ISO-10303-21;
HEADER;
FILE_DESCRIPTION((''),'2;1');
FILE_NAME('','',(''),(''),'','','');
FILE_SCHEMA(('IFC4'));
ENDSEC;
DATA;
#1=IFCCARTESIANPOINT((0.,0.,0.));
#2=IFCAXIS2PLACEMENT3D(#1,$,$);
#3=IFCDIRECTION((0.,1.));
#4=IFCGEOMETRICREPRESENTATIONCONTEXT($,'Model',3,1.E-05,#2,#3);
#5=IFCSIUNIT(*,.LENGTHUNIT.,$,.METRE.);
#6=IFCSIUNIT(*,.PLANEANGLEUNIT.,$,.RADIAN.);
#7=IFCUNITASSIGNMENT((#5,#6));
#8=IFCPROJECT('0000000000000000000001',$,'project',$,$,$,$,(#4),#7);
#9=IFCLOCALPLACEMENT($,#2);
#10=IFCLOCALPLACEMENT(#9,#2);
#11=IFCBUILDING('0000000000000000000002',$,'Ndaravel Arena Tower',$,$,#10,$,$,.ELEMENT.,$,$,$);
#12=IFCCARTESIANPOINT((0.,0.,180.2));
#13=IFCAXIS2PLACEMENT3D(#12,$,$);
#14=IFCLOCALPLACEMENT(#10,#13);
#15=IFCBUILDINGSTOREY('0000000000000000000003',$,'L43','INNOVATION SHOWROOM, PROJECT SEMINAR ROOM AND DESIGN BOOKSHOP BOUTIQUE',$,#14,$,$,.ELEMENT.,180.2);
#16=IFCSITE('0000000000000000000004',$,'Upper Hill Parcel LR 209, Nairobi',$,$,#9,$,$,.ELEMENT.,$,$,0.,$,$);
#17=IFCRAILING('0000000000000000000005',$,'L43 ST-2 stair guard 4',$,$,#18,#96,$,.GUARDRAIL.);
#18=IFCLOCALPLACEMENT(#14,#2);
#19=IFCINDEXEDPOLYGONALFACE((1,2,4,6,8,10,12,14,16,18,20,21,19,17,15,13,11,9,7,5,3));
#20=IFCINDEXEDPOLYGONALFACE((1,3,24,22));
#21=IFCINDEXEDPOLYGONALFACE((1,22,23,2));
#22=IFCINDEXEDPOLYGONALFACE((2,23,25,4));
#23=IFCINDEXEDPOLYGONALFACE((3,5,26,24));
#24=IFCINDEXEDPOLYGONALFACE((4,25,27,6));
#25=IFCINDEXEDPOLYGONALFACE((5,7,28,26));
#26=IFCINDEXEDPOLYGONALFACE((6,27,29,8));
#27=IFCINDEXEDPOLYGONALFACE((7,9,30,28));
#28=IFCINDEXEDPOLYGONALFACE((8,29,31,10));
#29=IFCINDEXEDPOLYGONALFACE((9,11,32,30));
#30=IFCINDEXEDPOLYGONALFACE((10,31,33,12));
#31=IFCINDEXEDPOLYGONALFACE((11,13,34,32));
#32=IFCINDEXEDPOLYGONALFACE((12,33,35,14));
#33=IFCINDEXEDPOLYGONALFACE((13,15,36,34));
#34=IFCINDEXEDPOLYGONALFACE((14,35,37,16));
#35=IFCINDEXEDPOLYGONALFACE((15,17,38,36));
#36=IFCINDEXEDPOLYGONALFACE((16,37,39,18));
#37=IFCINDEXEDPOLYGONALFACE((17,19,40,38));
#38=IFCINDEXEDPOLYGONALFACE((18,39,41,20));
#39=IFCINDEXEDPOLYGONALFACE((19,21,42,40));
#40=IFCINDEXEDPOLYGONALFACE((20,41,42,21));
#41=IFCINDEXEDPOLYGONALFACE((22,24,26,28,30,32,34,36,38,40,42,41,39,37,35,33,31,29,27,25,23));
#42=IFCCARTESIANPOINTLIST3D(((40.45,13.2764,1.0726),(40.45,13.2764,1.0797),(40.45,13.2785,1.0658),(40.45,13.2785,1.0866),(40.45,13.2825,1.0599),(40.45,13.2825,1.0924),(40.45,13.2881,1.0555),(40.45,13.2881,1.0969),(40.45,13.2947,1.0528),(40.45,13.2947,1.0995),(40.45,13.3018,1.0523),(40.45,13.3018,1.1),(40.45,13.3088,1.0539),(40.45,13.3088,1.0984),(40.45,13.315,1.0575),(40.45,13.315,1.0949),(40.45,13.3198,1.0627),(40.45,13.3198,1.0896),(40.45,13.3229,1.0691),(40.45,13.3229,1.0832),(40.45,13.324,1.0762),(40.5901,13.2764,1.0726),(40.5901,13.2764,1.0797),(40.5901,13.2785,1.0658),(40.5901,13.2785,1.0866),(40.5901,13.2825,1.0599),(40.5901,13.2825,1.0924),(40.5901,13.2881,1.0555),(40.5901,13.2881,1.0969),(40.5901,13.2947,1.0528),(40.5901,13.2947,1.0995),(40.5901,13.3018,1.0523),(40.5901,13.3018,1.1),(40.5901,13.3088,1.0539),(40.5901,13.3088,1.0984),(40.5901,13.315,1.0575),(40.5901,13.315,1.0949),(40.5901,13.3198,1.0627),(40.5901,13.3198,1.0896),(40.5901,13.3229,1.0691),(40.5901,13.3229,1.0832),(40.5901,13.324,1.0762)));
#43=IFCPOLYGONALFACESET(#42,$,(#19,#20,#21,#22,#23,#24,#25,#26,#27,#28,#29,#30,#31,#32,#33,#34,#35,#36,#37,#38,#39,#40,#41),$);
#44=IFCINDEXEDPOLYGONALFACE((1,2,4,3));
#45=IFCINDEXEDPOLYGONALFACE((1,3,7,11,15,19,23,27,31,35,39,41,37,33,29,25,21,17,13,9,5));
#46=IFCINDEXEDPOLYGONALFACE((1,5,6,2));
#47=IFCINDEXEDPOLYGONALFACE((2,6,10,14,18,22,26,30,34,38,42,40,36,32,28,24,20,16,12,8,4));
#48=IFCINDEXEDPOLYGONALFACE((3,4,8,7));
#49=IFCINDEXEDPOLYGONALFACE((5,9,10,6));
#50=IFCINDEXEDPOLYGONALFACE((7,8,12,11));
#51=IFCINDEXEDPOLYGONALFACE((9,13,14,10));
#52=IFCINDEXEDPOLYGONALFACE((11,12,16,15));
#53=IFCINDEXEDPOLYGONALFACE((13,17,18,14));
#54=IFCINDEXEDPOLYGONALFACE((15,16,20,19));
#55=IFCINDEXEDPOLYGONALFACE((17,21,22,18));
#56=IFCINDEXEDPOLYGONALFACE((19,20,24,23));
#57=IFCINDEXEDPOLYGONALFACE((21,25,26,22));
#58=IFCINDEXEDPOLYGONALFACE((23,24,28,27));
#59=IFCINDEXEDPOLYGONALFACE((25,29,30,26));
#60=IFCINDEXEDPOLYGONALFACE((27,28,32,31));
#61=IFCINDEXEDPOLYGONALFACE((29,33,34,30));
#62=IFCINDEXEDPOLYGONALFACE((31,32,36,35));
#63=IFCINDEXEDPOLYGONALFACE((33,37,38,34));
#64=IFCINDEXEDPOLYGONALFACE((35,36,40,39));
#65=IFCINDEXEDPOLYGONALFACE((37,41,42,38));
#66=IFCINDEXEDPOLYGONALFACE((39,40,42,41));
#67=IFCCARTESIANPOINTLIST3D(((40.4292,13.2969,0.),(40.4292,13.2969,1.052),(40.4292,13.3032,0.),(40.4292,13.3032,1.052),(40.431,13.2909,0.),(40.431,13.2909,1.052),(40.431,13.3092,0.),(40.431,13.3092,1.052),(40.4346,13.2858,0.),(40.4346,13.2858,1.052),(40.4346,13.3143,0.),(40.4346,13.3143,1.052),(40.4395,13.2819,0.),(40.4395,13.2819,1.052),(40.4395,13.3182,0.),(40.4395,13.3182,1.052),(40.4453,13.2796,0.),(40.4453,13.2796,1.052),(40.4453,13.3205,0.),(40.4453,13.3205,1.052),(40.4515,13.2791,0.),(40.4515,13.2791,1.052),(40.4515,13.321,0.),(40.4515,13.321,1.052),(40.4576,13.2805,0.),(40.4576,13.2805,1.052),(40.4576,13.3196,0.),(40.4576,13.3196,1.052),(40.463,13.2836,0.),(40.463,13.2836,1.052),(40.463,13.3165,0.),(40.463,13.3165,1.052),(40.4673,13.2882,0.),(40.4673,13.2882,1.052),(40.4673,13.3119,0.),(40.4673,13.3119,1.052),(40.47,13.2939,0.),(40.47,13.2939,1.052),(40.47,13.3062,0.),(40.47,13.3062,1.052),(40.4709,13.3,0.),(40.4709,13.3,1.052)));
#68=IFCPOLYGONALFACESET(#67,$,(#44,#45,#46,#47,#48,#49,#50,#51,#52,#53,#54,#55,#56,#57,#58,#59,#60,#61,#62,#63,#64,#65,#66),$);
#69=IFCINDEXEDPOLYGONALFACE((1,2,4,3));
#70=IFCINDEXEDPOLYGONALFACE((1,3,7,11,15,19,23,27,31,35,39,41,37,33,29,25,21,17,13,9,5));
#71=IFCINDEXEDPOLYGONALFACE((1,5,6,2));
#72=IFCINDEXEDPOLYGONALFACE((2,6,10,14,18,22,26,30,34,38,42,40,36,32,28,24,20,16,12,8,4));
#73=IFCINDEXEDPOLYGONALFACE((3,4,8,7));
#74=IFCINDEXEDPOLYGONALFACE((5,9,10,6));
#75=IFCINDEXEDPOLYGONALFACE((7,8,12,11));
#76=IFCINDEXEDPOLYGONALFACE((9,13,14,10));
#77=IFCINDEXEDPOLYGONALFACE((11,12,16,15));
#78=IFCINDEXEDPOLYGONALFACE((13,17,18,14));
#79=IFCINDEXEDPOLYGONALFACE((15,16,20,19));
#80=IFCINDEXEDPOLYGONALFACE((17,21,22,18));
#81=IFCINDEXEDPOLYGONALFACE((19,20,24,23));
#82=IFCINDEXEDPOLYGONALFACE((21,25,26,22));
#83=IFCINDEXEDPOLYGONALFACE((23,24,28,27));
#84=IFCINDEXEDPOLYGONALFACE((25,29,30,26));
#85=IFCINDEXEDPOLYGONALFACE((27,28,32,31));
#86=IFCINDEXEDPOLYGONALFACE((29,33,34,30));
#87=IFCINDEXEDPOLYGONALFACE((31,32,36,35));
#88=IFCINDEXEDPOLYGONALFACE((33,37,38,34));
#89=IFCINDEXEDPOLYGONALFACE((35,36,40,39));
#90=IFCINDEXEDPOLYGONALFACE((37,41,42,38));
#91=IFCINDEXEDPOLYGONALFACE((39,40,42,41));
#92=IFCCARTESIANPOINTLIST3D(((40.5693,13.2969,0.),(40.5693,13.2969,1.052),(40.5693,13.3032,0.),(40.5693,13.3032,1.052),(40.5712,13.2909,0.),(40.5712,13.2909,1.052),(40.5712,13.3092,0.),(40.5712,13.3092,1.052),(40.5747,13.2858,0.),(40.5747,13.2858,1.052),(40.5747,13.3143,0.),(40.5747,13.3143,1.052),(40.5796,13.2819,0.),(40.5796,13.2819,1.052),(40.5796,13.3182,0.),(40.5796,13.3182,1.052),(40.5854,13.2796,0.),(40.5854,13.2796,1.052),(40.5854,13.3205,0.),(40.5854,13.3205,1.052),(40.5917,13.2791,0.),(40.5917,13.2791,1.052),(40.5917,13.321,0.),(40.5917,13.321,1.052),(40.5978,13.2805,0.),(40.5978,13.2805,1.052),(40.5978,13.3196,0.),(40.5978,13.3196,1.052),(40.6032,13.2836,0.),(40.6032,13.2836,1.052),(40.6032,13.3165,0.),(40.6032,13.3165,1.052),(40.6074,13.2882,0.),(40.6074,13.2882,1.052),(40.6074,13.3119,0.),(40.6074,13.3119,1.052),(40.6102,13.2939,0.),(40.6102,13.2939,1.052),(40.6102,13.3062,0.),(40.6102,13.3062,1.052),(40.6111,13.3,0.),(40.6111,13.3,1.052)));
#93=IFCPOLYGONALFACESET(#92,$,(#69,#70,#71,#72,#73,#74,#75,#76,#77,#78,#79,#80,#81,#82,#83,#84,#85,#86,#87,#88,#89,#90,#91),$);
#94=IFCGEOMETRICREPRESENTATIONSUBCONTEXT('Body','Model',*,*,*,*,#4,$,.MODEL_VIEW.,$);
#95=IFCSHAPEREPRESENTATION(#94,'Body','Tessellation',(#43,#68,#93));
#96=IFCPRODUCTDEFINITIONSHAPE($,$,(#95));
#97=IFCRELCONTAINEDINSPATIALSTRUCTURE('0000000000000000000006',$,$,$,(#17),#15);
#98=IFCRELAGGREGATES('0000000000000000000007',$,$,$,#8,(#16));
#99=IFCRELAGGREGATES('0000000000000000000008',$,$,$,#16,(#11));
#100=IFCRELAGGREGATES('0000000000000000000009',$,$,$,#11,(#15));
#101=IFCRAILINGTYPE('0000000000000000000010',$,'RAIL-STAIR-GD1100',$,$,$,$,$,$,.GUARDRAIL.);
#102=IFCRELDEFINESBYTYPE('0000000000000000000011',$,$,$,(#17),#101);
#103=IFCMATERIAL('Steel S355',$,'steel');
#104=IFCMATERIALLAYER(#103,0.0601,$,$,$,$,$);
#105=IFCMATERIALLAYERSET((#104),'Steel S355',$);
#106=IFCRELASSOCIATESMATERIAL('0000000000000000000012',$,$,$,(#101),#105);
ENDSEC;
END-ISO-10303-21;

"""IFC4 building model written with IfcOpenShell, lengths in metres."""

from ifc_helpers import new_model, si_unit, direction, frame, origin, origin_2d, place, context, subcontext, project, spatial, circle, extrude, material, layer, layer_set, type_object, element, save


model = new_model("IFC4")

# Units and contexts
model_context = context("Model", 3, precision=1e-05, world=origin(), true_north=direction((0.0, 1.0)))
body_context = subcontext(model_context, "Body", "Model", "MODEL_VIEW")
ifc_project = project(units=[si_unit("LENGTHUNIT", "METRE"), si_unit("PLANEANGLEUNIT", "RADIAN")], contexts=[model_context])

# Site, building, storey
site_placement = place(None, origin())
site = spatial("IfcSite", under=ifc_project, at=site_placement, Name="Upper Hill Parcel LR 209, Nairobi", CompositionType="ELEMENT", RefElevation=0.0)
building_placement = place(site_placement, origin())
building = spatial("IfcBuilding", under=site, at=building_placement, Name="Ndaravel Arena Tower", CompositionType="ELEMENT")
storey_placement = place(building_placement, frame((0.0, 0.0, 180.2)))
storey = spatial("IfcBuildingStorey", under=building, at=storey_placement, Name="L43", Description="INNOVATION SHOWROOM, PROJECT SEMINAR ROOM AND DESIGN BOOKSHOP BOUTIQUE", CompositionType="ELEMENT", Elevation=180.2)

# Railing
ifc_material_1 = material(Name="Steel S355", Category="steel")
ifc_layer_1 = layer(ifc_material_1, 0.0601)
ifc_layer_set_1 = layer_set([ifc_layer_1], Name="Steel S355")
railing_type_1 = type_object("IfcRailingType", Name="RAIL-STAIR-GD1100", PredefinedType="GUARDRAIL", material=ifc_layer_set_1)
railing_1_placement = place(storey_placement, frame((40.45, 13.3, 0.0)))
element("IfcRailing", 1, at=railing_1_placement, inside=storey, type_object=railing_type_1, Name="L43 ST-2 stair guard 4", PredefinedType="GUARDRAIL", context=body_context, shape_type="SweptSolid", body=[
    extrude(circle(Radius=0.0239, at=origin_2d()), frame((0.0, 0.0, 1.0762), z_axis=(1.0, 0.0, 0.0), x_axis=(0.0, 1.0, 0.0)), (0.0, 0.0, 1.0), 0.1401),
    extrude(circle(Radius=0.021, at=origin_2d()), origin(), (0.0, 0.0, 1.0), 1.052),
    extrude(circle(Radius=0.021, at=origin_2d()), frame((0.1401, 0.0, 0.0)), (0.0, 0.0, 1.0), 1.052),
])

save(model, "model.ifc")
